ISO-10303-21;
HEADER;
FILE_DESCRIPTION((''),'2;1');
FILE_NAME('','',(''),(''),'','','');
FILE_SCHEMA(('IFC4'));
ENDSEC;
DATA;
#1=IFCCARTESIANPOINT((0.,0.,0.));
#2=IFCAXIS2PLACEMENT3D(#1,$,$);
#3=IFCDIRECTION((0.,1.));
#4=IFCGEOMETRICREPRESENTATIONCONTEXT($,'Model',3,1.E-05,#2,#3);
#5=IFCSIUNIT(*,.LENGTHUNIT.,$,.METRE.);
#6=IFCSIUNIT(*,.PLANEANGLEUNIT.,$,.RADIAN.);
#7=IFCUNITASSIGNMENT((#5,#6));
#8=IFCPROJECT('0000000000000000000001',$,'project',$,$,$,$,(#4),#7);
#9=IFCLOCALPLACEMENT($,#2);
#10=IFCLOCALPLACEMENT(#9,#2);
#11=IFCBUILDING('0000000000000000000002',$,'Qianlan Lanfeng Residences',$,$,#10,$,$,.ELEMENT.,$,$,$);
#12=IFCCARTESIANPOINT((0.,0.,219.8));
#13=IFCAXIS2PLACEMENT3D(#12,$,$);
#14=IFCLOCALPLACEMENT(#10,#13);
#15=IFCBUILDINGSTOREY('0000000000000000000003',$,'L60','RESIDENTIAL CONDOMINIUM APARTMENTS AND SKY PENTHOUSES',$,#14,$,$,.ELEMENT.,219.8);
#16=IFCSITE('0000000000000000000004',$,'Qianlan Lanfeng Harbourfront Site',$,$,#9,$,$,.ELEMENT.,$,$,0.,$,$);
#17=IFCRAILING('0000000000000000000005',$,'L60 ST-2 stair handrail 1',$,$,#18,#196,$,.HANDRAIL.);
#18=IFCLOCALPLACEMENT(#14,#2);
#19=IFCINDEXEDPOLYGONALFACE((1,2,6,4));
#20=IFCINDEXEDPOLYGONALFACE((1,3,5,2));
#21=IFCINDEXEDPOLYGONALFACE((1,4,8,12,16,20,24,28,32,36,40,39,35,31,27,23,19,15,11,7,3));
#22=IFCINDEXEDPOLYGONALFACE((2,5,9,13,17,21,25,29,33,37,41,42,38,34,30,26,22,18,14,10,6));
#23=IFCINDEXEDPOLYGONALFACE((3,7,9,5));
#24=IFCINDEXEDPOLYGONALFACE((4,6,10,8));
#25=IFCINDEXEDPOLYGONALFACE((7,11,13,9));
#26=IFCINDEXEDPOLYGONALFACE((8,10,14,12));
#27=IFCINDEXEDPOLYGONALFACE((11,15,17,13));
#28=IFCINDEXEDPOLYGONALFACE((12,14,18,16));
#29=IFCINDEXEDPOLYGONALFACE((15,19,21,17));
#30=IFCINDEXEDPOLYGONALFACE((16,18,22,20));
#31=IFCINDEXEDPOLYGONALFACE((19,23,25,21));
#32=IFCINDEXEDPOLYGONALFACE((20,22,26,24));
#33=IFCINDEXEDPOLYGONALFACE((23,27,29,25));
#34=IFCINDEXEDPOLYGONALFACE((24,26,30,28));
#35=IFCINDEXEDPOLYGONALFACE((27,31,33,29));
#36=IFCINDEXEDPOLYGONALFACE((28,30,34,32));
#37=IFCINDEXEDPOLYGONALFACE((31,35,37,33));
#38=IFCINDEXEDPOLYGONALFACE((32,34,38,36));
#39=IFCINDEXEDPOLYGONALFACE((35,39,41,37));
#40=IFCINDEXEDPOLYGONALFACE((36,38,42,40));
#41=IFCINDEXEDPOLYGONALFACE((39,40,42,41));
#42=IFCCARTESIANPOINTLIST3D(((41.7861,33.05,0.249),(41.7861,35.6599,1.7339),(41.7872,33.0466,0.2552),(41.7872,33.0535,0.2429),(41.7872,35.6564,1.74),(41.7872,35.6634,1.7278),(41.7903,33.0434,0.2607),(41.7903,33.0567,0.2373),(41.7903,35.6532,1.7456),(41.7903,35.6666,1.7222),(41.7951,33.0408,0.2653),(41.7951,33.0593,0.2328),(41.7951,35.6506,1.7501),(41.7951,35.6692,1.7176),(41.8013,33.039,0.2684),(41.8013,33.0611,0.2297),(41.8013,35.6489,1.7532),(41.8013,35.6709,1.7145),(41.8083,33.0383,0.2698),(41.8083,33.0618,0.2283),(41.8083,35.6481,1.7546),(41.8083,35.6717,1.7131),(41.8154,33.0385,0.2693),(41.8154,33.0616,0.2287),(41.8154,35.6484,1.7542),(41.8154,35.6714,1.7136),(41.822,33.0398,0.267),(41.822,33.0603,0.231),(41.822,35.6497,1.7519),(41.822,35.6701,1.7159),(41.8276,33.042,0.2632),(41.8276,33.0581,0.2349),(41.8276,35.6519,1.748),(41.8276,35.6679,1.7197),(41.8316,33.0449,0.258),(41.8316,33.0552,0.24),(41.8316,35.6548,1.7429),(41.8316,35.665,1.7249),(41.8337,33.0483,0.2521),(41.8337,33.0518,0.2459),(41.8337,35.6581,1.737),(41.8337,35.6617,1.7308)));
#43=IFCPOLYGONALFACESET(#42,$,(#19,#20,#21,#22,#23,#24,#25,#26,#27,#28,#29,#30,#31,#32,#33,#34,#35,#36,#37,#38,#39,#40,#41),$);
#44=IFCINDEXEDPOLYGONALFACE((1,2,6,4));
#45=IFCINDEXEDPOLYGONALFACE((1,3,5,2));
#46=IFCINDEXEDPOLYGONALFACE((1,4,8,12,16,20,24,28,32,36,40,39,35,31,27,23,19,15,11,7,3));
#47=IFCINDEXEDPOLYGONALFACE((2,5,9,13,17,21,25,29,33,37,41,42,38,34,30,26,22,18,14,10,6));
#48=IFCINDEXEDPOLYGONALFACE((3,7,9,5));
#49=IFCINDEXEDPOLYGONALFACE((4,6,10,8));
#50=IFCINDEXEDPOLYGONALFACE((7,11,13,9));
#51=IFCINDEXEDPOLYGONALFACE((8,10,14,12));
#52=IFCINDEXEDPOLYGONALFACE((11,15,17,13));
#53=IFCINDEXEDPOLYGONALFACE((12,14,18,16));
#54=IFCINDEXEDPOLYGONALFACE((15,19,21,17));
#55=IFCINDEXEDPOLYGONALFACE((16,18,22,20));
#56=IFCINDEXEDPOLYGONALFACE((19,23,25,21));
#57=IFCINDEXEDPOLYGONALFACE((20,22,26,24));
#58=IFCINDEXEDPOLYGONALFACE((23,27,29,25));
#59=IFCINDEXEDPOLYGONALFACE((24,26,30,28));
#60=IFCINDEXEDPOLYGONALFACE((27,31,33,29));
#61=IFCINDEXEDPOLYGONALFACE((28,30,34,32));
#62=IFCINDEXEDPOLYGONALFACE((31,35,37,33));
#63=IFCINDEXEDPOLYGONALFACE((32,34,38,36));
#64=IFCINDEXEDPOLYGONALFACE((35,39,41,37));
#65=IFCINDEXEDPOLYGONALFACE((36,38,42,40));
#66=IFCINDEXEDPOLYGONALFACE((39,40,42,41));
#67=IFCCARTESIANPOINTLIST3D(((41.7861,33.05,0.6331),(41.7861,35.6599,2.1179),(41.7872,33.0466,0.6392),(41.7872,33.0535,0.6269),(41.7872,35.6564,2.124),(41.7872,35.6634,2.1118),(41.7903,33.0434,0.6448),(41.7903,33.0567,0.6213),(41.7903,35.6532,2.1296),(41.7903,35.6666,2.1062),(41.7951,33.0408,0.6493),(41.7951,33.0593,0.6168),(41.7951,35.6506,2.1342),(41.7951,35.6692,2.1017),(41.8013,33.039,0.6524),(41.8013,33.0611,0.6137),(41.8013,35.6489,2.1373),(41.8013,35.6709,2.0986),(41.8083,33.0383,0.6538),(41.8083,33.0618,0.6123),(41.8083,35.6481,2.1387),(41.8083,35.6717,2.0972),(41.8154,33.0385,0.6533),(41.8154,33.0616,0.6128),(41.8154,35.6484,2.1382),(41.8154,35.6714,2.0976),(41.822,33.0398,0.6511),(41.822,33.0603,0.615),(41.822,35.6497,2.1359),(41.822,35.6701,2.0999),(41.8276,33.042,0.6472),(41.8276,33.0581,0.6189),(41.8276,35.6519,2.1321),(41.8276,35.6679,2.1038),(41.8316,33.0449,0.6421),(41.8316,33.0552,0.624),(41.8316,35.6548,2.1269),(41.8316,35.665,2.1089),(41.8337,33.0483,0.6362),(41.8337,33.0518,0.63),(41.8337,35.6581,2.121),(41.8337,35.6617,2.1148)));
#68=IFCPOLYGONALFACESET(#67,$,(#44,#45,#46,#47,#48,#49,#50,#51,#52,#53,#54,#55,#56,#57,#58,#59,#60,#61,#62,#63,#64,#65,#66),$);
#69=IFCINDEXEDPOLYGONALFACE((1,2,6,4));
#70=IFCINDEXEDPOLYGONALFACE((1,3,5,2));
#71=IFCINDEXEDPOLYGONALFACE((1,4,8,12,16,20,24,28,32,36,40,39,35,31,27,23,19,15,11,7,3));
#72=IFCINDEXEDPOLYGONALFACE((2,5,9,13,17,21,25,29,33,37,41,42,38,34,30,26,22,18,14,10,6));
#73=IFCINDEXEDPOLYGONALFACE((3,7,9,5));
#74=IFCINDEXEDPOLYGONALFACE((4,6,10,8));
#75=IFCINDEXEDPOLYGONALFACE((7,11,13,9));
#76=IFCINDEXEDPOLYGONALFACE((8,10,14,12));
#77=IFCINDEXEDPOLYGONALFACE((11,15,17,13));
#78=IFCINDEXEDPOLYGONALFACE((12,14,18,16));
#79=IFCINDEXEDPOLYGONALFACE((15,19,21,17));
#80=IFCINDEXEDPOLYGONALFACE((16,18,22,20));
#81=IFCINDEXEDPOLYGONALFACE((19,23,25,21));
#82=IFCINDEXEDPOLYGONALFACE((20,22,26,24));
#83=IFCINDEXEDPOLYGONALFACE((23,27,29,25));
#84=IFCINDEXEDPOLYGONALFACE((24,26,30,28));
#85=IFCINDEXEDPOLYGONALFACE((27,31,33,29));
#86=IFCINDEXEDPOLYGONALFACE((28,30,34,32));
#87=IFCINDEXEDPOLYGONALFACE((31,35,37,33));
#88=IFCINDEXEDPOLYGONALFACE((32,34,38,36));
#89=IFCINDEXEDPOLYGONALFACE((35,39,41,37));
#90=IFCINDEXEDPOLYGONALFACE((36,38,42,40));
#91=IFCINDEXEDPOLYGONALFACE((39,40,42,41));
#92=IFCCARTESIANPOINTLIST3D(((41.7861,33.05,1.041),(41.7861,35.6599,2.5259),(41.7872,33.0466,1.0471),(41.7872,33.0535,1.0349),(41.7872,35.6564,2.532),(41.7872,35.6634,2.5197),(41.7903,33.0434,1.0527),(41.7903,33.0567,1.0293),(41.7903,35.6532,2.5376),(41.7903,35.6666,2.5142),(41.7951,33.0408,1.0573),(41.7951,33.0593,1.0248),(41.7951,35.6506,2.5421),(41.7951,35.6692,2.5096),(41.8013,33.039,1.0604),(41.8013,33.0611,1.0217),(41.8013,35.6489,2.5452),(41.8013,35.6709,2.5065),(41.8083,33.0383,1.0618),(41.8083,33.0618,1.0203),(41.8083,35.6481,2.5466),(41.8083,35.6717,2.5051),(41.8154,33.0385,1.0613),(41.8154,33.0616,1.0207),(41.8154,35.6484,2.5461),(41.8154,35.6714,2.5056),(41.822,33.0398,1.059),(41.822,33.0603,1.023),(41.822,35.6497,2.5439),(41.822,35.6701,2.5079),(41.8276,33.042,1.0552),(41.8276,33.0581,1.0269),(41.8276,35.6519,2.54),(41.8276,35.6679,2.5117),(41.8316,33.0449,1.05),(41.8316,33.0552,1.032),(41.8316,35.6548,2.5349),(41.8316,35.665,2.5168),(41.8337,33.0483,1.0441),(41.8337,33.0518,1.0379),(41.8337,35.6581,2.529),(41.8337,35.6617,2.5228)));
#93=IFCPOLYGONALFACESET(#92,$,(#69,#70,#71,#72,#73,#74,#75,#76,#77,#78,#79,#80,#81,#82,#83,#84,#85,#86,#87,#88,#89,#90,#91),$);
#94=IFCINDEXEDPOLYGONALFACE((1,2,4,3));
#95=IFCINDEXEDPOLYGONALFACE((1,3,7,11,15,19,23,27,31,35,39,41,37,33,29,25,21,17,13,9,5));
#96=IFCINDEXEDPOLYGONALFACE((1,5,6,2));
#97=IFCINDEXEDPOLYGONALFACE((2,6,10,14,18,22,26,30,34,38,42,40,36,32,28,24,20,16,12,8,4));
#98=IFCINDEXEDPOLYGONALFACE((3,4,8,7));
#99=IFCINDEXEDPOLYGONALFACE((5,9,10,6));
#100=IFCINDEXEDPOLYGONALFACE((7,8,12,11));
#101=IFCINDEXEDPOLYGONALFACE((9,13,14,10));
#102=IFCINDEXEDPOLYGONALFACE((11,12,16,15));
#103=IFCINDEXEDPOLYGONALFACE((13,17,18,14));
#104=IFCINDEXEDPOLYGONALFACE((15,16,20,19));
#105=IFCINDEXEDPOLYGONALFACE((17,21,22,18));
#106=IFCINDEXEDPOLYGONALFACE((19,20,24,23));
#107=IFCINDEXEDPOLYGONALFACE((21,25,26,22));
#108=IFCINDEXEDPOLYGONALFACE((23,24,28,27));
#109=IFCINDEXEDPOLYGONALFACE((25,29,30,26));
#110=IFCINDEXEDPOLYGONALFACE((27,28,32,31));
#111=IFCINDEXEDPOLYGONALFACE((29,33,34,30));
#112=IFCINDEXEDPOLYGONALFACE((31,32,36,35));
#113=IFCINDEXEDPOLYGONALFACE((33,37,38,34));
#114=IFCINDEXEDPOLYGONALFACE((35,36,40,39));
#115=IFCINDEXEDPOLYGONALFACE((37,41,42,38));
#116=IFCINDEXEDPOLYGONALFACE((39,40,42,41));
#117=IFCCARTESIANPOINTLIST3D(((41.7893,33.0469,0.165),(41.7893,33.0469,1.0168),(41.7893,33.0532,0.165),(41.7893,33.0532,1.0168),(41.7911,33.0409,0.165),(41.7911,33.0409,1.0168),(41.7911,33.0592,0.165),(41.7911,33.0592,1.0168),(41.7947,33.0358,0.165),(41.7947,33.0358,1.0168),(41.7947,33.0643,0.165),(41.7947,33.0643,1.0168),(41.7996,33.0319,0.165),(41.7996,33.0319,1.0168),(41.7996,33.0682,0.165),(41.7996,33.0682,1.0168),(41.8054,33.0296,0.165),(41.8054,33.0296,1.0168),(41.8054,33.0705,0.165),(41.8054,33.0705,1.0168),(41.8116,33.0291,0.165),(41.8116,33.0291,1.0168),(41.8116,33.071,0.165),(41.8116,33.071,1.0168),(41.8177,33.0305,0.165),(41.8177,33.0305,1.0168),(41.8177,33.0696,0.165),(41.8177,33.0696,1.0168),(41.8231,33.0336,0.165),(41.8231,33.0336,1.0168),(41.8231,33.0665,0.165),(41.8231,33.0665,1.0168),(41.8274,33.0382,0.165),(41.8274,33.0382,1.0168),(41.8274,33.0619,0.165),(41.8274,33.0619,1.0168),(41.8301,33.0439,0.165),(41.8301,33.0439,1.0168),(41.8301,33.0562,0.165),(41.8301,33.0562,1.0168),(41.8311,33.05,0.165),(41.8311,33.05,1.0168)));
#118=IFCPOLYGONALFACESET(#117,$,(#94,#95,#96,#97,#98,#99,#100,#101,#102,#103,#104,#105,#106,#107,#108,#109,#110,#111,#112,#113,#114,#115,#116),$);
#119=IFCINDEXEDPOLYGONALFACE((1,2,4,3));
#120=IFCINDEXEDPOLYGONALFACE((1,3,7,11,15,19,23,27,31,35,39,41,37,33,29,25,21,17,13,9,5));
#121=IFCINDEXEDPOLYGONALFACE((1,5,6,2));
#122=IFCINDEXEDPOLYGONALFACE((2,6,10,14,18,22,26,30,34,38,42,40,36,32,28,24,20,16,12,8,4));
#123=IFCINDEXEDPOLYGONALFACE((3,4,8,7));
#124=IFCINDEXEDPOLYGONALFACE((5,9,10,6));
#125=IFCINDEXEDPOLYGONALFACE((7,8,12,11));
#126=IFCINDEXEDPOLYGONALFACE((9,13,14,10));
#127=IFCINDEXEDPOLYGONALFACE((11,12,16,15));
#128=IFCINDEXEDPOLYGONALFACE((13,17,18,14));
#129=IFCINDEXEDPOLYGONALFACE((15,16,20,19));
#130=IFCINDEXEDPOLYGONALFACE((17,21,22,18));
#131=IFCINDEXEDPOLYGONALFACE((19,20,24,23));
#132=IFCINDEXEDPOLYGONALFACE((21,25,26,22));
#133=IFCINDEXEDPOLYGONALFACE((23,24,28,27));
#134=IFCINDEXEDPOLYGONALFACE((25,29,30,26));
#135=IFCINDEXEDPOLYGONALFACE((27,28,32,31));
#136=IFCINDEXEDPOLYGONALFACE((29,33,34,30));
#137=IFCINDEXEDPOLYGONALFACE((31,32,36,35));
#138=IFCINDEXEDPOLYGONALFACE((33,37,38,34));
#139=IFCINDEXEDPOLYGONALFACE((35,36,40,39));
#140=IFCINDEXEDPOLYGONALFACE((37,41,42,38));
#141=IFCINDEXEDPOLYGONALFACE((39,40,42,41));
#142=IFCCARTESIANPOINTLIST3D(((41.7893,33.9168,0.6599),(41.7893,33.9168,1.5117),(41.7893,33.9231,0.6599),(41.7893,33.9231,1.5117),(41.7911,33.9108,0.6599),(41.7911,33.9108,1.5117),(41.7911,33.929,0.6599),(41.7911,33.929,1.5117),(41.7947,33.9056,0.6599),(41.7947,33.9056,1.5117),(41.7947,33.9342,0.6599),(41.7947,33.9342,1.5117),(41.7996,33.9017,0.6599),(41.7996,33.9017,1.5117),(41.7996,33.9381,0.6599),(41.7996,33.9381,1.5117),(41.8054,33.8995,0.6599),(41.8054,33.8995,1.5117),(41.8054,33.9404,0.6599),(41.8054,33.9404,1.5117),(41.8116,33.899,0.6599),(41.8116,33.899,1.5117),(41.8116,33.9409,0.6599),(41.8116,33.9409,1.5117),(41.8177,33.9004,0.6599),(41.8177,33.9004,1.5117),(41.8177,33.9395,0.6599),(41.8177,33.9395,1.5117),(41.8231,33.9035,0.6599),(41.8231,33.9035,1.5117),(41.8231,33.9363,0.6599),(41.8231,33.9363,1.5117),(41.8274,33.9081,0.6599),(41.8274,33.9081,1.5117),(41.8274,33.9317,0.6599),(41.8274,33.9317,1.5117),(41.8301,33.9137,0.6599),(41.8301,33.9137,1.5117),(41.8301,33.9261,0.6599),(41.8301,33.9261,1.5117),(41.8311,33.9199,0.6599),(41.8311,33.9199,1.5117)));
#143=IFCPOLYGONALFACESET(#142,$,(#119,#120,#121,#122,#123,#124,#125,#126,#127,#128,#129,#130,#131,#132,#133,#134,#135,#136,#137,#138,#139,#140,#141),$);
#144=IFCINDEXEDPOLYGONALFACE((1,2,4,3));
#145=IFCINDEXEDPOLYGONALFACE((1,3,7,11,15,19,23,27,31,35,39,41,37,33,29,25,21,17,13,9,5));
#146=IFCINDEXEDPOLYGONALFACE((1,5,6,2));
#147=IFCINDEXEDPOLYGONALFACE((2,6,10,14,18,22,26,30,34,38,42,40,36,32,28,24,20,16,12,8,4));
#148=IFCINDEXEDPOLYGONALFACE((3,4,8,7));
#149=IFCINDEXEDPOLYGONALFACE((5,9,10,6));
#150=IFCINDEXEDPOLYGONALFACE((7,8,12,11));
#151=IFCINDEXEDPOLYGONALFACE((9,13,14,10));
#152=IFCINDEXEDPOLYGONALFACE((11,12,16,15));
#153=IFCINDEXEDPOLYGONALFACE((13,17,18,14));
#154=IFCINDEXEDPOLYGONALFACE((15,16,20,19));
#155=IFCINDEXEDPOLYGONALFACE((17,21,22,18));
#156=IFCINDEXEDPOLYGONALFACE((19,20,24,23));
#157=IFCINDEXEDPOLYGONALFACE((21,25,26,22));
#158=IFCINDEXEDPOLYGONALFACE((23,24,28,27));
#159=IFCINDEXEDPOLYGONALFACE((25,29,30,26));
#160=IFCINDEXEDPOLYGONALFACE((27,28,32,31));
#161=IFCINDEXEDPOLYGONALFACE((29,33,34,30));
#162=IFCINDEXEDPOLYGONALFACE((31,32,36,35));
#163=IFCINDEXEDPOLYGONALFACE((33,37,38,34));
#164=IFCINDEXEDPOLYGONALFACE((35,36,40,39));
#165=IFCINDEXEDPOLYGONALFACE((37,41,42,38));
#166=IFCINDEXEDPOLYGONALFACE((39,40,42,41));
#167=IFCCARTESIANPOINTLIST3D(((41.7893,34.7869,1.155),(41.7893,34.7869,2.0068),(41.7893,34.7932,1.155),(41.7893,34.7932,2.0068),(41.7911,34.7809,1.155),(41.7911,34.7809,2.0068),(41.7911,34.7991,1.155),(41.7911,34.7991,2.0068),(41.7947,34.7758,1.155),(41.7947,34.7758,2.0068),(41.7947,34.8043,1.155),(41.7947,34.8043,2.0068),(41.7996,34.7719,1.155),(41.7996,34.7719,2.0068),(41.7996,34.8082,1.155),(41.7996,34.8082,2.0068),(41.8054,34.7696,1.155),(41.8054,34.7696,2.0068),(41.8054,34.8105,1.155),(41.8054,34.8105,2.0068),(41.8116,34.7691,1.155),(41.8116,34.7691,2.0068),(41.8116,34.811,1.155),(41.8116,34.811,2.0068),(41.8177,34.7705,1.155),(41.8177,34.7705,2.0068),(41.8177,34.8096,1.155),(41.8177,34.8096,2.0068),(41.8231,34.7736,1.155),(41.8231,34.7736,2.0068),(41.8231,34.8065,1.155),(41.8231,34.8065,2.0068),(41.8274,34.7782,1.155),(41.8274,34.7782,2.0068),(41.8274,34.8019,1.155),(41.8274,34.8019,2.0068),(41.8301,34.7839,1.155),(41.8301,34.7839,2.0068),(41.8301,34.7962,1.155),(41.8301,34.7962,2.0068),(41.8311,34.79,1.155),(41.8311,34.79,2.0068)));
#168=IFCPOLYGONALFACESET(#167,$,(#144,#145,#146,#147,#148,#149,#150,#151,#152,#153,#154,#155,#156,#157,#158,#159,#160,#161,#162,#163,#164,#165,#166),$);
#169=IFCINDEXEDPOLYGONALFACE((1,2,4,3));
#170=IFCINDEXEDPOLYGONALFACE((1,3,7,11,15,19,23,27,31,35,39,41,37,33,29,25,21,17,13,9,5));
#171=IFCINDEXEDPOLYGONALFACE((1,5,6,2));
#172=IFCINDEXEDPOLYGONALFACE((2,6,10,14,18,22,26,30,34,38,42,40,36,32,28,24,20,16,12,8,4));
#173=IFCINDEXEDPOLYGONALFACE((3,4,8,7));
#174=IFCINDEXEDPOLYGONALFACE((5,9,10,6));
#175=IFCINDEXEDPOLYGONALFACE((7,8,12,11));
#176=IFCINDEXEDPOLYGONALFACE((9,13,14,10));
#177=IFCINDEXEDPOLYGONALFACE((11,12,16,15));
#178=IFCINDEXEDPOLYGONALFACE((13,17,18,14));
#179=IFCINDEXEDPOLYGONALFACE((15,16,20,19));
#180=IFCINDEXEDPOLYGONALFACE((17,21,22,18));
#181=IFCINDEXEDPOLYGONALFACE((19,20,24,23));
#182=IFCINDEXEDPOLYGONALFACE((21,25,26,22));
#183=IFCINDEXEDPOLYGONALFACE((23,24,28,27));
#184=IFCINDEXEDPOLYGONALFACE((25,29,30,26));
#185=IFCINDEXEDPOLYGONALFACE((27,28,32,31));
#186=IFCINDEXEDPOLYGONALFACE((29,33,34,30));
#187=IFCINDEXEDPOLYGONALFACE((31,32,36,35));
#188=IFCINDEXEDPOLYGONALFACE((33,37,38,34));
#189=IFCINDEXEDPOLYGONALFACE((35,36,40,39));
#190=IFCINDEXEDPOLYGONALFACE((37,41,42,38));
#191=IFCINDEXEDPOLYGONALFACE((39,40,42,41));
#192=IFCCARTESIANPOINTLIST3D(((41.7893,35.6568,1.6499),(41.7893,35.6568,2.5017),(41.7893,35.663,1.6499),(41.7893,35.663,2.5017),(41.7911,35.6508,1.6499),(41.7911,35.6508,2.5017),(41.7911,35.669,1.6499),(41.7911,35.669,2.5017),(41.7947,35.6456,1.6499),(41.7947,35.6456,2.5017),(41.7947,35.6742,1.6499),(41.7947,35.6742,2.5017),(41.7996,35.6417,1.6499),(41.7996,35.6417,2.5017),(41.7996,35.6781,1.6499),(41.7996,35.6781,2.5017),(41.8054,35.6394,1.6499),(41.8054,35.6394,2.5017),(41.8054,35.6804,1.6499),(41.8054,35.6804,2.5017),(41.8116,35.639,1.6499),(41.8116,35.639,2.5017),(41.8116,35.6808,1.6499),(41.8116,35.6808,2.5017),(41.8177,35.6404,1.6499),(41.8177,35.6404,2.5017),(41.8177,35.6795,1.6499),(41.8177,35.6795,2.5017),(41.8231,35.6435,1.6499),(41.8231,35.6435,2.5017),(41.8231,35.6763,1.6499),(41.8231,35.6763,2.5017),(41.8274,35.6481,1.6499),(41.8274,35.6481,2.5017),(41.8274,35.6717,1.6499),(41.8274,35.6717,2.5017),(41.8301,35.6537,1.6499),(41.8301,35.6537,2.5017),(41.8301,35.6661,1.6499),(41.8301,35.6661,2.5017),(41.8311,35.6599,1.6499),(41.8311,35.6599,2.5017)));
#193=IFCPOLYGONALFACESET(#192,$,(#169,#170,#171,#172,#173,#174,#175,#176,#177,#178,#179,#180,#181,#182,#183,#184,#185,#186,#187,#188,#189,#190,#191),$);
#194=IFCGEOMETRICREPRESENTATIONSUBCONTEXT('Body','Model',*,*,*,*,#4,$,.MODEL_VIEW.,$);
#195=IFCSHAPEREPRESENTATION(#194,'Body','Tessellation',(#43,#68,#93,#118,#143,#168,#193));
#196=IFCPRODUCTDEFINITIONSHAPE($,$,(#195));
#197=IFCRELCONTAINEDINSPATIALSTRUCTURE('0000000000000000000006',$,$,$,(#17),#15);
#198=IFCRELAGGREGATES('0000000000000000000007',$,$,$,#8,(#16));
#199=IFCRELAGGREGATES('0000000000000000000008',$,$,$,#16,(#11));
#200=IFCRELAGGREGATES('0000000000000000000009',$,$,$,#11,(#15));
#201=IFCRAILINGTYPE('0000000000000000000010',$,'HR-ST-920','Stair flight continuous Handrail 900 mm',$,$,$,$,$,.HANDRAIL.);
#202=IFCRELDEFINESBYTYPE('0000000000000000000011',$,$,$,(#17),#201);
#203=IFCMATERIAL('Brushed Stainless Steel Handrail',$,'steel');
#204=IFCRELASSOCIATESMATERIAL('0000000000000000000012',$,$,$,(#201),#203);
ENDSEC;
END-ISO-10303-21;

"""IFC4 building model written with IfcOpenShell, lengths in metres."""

from ifc_helpers import new_model, si_unit, direction, frame, origin, origin_2d, place, context, subcontext, project, spatial, circle, extrude, material, type_object, element, save


model = new_model("IFC4")

# Units and contexts
model_context = context("Model", 3, precision=1e-05, world=origin(), true_north=direction((0.0, 1.0)))
body_context = subcontext(model_context, "Body", "Model", "MODEL_VIEW")
ifc_project = project(units=[si_unit("LENGTHUNIT", "METRE"), si_unit("PLANEANGLEUNIT", "RADIAN")], contexts=[model_context])

# Site, building, storey
site_placement = place(None, origin())
site = spatial("IfcSite", under=ifc_project, at=site_placement, Name="Qianlan Lanfeng Harbourfront Site", CompositionType="ELEMENT", RefElevation=0.0)
building_placement = place(site_placement, origin())
building = spatial("IfcBuilding", under=site, at=building_placement, Name="Qianlan Lanfeng Residences", CompositionType="ELEMENT")
storey_placement = place(building_placement, frame((0.0, 0.0, 219.8)))
storey = spatial("IfcBuildingStorey", under=building, at=storey_placement, Name="L60", Description="RESIDENTIAL CONDOMINIUM APARTMENTS AND SKY PENTHOUSES", CompositionType="ELEMENT", Elevation=219.8)

# Railing
ifc_material_1 = material(Name="Brushed Stainless Steel Handrail", Category="steel")
railing_type_1 = type_object("IfcRailingType", Name="HR-ST-920", Description="Stair flight continuous Handrail 900 mm", PredefinedType="HANDRAIL", material=ifc_material_1)
railing_1_placement = place(storey_placement, frame((41.8101, 33.05, 0.165)))
element("IfcRailing", 1, at=railing_1_placement, inside=storey, type_object=railing_type_1, Name="L60 ST-2 stair handrail 1", PredefinedType="HANDRAIL", context=body_context, shape_type="SweptSolid", body=[
    extrude(circle(Radius=0.0239, at=origin_2d()), frame((0.0, 0.0, 0.084), z_axis=(0.0, 0.869172, 0.494509), x_axis=(-1.0, 0.0, 0.0)), (0.0, 0.0, 1.0), 3.0027),
    extrude(circle(Radius=0.0239, at=origin_2d()), frame((0.0, 0.0, 0.468), z_axis=(0.0, 0.869172, 0.494509), x_axis=(-1.0, 0.0, 0.0)), (0.0, 0.0, 1.0), 3.0027),
    extrude(circle(Radius=0.0239, at=origin_2d()), frame((0.0, 0.0, 0.876), z_axis=(0.0, 0.869172, 0.494509), x_axis=(-1.0, 0.0, 0.0)), (0.0, 0.0, 1.0), 3.0027),
    extrude(circle(Radius=0.021, at=origin_2d()), origin(), (0.0, 0.0, 1.0), 0.8518),
    extrude(circle(Radius=0.021, at=origin_2d()), frame((0.0, 0.8699, 0.4949)), (0.0, 0.0, 1.0), 0.8518),
    extrude(circle(Radius=0.021, at=origin_2d()), frame((0.0, 1.74, 0.99)), (0.0, 0.0, 1.0), 0.8518),
    extrude(circle(Radius=0.021, at=origin_2d()), frame((0.0, 2.6099, 1.4849)), (0.0, 0.0, 1.0), 0.8518),
])

save(model, "model.ifc")
